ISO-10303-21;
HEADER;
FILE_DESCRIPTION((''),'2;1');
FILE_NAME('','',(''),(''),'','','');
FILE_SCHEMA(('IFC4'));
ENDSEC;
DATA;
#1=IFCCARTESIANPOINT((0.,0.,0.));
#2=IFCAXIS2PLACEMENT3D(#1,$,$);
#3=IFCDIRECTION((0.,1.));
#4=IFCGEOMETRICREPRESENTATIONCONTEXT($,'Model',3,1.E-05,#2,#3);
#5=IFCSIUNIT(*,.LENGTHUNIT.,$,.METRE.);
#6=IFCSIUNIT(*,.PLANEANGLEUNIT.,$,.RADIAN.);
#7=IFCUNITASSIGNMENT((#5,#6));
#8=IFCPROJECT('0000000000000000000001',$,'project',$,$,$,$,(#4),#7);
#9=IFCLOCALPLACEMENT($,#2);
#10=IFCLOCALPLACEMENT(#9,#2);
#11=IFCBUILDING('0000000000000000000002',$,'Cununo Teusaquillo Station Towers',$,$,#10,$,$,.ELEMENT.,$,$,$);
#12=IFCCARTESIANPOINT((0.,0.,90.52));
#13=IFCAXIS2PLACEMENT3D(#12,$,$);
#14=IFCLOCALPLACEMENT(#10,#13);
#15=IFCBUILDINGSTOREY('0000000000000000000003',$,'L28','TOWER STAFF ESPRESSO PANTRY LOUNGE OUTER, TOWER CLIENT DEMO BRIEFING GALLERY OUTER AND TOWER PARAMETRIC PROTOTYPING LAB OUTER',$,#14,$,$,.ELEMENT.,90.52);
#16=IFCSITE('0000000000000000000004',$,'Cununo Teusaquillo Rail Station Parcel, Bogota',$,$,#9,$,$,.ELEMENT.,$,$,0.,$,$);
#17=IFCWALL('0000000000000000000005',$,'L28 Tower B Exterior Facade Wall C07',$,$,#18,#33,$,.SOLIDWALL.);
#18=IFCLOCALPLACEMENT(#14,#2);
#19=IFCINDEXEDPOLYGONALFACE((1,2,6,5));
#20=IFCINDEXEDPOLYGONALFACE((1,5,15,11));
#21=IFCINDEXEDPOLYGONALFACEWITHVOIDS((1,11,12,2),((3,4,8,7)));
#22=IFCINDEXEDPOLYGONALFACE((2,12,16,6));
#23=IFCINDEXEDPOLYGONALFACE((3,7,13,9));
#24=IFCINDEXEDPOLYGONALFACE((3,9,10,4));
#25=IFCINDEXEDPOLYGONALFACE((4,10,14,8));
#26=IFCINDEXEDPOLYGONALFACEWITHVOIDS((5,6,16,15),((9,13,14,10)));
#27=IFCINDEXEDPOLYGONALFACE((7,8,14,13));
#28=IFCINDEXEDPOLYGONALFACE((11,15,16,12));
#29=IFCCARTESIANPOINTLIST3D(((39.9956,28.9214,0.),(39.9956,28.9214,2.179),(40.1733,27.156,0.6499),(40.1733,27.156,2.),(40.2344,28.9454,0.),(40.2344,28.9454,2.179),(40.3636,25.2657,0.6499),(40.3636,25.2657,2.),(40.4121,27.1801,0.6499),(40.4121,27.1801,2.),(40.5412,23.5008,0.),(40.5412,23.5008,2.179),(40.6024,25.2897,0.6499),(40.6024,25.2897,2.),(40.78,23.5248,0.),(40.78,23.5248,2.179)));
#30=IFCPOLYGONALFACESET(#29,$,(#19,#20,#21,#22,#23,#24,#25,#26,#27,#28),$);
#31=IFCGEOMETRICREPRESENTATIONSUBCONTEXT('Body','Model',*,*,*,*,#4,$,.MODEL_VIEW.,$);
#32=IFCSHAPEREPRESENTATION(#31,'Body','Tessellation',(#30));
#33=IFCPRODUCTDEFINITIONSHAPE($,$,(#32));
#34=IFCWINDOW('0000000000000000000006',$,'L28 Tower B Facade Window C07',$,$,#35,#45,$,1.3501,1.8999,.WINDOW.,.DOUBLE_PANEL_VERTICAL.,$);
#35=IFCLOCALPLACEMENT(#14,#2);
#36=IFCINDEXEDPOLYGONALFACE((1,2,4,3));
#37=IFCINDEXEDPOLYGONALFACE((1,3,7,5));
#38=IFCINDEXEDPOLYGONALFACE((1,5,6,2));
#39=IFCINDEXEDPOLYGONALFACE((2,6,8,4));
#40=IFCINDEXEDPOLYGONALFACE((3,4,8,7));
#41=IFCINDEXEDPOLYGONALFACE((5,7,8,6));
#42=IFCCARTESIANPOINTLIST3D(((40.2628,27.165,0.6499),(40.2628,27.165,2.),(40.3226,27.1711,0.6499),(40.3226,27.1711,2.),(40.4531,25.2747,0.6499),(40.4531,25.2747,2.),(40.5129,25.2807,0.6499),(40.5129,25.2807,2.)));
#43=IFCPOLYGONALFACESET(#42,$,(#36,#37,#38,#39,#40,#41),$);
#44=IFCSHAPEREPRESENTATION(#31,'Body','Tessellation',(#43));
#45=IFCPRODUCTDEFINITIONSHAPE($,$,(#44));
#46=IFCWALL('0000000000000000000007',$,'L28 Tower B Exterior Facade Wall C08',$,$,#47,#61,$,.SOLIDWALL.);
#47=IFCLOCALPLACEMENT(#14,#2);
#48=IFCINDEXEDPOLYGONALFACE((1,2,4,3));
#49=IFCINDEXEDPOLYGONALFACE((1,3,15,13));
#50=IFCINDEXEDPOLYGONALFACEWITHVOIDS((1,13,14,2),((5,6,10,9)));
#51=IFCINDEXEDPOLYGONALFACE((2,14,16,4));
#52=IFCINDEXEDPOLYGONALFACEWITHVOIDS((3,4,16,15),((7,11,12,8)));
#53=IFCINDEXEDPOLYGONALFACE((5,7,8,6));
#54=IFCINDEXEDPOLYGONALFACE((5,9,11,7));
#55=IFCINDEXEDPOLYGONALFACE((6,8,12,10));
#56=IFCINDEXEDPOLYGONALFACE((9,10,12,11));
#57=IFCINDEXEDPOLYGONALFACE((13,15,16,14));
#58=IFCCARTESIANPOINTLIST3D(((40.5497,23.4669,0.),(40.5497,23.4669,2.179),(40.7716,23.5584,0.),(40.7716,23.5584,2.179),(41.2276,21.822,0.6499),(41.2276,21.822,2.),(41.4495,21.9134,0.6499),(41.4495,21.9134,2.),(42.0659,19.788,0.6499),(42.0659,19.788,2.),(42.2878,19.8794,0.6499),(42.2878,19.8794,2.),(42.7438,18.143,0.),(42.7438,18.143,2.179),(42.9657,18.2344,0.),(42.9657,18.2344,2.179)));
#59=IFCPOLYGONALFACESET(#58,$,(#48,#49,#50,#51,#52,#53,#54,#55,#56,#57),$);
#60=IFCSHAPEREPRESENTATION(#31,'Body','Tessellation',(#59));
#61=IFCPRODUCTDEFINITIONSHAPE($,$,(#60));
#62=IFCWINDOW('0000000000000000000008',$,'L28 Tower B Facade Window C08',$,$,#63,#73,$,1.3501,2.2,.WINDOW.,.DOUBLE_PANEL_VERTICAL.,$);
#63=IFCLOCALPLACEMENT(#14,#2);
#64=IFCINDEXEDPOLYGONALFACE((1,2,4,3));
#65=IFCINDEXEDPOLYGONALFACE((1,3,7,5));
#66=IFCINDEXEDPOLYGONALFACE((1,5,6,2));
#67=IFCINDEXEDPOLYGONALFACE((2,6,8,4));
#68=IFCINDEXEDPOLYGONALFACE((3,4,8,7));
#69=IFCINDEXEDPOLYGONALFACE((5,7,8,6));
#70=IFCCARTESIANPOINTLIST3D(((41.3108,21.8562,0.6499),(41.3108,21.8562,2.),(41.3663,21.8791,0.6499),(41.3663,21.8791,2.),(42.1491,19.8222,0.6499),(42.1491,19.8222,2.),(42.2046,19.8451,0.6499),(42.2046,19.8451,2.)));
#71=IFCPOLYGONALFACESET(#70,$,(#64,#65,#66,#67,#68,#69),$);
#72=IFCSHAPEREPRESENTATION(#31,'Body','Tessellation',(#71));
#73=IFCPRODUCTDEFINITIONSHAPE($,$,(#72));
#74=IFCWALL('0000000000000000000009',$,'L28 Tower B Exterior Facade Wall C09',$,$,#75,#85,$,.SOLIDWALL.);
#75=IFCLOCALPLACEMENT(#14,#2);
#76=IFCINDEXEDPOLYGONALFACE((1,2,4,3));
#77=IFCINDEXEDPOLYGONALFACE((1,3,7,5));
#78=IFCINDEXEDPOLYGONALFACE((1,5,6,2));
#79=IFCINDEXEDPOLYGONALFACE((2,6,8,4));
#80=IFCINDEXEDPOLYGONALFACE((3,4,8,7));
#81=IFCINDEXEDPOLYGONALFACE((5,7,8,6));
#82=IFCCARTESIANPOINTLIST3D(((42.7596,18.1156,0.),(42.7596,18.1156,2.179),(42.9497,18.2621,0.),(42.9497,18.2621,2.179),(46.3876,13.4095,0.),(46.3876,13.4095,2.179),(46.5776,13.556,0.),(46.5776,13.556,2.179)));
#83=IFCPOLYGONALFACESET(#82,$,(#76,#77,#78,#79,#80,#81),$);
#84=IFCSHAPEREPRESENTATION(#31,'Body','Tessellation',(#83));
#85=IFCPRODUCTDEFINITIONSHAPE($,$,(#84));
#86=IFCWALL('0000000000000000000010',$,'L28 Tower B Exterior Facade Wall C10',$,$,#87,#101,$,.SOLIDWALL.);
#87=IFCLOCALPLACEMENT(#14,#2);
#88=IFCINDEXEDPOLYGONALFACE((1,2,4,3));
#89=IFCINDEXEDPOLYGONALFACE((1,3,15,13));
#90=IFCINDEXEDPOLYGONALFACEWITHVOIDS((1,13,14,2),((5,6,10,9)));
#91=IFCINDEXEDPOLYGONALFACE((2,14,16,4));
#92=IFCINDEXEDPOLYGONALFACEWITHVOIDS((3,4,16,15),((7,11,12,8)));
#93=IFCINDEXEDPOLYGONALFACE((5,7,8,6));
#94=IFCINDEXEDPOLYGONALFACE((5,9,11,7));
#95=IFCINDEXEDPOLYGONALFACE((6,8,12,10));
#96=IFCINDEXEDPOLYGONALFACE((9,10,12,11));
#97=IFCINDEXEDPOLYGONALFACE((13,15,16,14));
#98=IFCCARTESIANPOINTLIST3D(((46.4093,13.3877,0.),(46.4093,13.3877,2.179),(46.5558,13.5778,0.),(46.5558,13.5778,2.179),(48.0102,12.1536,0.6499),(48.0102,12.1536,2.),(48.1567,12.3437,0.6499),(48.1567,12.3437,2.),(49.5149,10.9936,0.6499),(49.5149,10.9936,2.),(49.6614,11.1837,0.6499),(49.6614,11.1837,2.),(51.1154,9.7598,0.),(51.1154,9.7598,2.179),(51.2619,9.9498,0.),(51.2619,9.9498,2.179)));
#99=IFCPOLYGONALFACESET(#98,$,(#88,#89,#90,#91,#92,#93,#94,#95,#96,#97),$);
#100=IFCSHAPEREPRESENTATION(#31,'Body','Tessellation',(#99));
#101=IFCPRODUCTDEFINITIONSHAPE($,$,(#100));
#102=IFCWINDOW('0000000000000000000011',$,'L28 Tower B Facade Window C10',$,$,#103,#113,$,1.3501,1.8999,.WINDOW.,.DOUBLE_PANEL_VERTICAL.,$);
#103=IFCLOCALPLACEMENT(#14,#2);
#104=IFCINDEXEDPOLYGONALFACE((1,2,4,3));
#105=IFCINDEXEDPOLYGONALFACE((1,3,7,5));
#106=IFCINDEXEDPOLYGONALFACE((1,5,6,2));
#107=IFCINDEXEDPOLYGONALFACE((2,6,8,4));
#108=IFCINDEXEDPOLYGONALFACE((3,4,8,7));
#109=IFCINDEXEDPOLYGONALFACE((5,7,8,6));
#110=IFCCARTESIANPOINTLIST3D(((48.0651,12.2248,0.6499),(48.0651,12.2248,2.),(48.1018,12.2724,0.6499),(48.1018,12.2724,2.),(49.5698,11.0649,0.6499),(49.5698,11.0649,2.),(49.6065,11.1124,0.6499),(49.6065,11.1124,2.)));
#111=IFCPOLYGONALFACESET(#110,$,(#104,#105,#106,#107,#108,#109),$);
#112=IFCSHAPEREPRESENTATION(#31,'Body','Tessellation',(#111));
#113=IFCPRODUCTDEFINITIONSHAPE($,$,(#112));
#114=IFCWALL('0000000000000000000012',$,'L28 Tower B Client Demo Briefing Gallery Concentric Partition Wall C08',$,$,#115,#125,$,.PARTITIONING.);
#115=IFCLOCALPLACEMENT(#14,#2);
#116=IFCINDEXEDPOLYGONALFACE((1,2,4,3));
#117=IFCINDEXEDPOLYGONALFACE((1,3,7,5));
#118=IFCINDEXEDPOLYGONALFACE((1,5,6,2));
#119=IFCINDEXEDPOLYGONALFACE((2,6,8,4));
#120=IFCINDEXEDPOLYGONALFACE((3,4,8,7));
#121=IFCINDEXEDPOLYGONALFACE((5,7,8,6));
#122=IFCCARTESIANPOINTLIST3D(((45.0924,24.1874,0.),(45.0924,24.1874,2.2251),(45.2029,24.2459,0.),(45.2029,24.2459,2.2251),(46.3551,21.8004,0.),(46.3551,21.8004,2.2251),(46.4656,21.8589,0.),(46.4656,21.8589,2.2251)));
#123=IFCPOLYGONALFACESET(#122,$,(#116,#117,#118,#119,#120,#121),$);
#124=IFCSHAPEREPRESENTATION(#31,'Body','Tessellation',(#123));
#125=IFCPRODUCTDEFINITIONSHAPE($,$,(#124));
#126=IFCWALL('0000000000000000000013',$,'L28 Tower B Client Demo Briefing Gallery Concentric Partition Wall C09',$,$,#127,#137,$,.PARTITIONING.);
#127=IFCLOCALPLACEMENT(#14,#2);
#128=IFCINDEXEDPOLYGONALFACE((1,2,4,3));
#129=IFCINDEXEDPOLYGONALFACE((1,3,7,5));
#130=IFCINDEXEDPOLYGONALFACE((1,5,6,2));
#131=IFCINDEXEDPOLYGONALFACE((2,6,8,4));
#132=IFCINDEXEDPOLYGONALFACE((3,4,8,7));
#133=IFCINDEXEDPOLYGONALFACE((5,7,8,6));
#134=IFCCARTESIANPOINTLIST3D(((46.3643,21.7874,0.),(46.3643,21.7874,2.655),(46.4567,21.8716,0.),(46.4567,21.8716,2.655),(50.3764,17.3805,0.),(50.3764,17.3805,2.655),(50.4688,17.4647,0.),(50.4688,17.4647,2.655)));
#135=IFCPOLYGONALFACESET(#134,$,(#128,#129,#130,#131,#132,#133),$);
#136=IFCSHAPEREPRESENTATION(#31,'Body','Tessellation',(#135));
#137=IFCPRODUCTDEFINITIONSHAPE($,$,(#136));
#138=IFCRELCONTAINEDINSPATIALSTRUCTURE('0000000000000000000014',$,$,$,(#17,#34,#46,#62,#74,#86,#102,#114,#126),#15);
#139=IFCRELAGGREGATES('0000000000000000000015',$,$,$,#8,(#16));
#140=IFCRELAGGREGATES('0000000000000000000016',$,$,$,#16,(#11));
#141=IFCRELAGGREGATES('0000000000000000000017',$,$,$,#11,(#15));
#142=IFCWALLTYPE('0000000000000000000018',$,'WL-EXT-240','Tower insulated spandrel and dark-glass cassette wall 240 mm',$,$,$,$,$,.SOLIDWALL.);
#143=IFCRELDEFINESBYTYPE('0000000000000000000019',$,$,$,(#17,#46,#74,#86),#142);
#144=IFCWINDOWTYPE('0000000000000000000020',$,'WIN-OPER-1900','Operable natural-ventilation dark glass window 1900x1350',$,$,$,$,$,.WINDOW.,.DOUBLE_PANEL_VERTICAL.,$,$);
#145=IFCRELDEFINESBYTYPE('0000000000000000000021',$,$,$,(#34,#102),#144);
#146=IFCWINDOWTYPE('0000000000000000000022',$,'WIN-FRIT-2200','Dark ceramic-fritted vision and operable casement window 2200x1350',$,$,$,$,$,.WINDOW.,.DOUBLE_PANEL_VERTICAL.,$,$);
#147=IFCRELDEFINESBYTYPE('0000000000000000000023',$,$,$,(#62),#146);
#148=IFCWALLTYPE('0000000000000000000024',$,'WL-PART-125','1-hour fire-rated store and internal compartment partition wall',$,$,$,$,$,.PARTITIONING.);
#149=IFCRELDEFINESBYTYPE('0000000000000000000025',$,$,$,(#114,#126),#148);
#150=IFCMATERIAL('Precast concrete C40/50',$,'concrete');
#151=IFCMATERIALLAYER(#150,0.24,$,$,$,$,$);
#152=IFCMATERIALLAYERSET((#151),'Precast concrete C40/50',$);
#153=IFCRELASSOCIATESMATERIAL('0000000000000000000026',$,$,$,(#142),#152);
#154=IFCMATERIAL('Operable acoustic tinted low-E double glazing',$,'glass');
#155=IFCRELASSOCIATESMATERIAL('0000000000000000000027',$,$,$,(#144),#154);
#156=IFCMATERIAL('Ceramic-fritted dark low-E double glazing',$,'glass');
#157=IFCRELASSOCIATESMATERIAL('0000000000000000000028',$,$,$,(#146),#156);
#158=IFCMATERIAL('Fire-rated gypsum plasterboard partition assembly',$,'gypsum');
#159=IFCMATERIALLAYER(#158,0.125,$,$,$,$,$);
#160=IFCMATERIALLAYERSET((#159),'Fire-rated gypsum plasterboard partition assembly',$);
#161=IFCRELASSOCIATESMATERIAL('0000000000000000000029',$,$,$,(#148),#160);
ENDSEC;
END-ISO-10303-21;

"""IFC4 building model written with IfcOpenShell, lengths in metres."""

from ifc_helpers import new_model, si_unit, direction, frame, frame_2d, origin, place, context, subcontext, project, spatial, rectangle, extrude, source, transform, mapped, material, layer, layer_set, type_object, element, fill, save


model = new_model("IFC4")

# Units and contexts
model_context = context("Model", 3, precision=1e-05, world=origin(), true_north=direction((0.0, 1.0)))
body_context = subcontext(model_context, "Body", "Model", "MODEL_VIEW")
ifc_project = project(units=[si_unit("LENGTHUNIT", "METRE"), si_unit("PLANEANGLEUNIT", "RADIAN")], contexts=[model_context])

# Site, building, storey
site_placement = place(None, origin())
site = spatial("IfcSite", under=ifc_project, at=site_placement, Name="Cununo Teusaquillo Rail Station Parcel, Bogota", CompositionType="ELEMENT", RefElevation=0.0)
building_placement = place(site_placement, origin())
building = spatial("IfcBuilding", under=site, at=building_placement, Name="Cununo Teusaquillo Station Towers", CompositionType="ELEMENT")
storey_placement = place(building_placement, frame((0.0, 0.0, 90.52)))
storey = spatial("IfcBuildingStorey", under=building, at=storey_placement, Name="L28", Description="TOWER STAFF ESPRESSO PANTRY LOUNGE OUTER, TOWER CLIENT DEMO BRIEFING GALLERY OUTER AND TOWER PARAMETRIC PROTOTYPING LAB OUTER", CompositionType="ELEMENT", Elevation=90.52)

# Shared definitions
ifc_material_1 = material(Name="Precast concrete C40/50", Category="concrete")
ifc_layer_1 = layer(ifc_material_1, 0.24)
ifc_layer_set_1 = layer_set([ifc_layer_1], Name="Precast concrete C40/50")
wall_type_1 = type_object("IfcWallType", Name="WL-EXT-240", Description="Tower insulated spandrel and dark-glass cassette wall 240 mm", PredefinedType="SOLIDWALL", material=ifc_layer_set_1)

# Walls, openings, windows
shared_shape_1 = source(origin(), body_context, "Body", "SweptSolid", [
    extrude(rectangle(XDim=1.8999, YDim=1.3501, at=frame_2d((0.95, 0.675))), frame((0.0, 0.1299, 0.0), z_axis=(0.0, -1.0, 0.0), x_axis=(1.0, 0.0, 0.0)), (0.0, 0.0, 1.0), 0.26),
])
ifc_material_2 = material(Name="Operable acoustic tinted low-E double glazing", Category="glass")
window_type_1 = type_object("IfcWindowType", Name="WIN-OPER-1900", Description="Operable natural-ventilation dark glass window 1900x1350", PartitioningType="DOUBLE_PANEL_VERTICAL", PredefinedType="WINDOW", material=ifc_material_2)
shared_shape_2 = source(origin(), body_context, "Body", "SweptSolid", [
    extrude(rectangle(XDim=1.8999, YDim=1.3501, at=frame_2d((0.95, 0.675))), frame((0.0, 0.03, 0.0), z_axis=(0.0, -1.0, 0.0), x_axis=(1.0, 0.0, 0.0)), (0.0, 0.0, 1.0), 0.0601),
])
wall_1_placement = place(storey_placement, frame((40.6606, 23.5127, 0.0), z_axis=(0.0, 0.0, 1.0), x_axis=(-0.100156, 0.994972, 0.0)))
wall_1 = element("IfcWall", 1, at=wall_1_placement, inside=storey, type_object=wall_type_1, Name="L28 Tower B Exterior Facade Wall C07", PredefinedType="SOLIDWALL", context=body_context, shape_type="SweptSolid", body=[
    extrude(rectangle(XDim=5.448, YDim=0.24, at=frame_2d((2.7241, 0.0))), origin(), (0.0, 0.0, 1.0), 2.179),
])
opening_1_placement = place(wall_1_placement, frame((1.7739, 0.0, 0.6499)))
opening_1 = element("IfcOpeningElement", 2, at=opening_1_placement, cuts=wall_1, PredefinedType="OPENING", context=body_context, shape_type="MappedRepresentation", body=[
    mapped(shared_shape_1, transform((0.0, 0.0, 0.0), x_axis=(1.0, 0.0, 0.0), y_axis=(0.0, 1.0, 0.0), z_axis=(0.0, 0.0, 1.0), scale=1.0)),
])
window_1_placement = place(opening_1_placement, origin())
window_1 = element("IfcWindow", 3, at=window_1_placement, inside=storey, type_object=window_type_1, Name="L28 Tower B Facade Window C07", OverallHeight=1.3501, OverallWidth=1.8999, PartitioningType="DOUBLE_PANEL_VERTICAL", PredefinedType="WINDOW", context=body_context, shape_type="MappedRepresentation", body=[
    mapped(shared_shape_2, transform((0.0, 0.0, 0.0), x_axis=(1.0, 0.0, 0.0), y_axis=(0.0, 1.0, 0.0), z_axis=(0.0, 0.0, 1.0), scale=1.0)),
])
fill(opening_1, window_1)
wall_2_placement = place(storey_placement, frame((42.8547, 18.1887, 0.0), z_axis=(0.0, 0.0, 1.0), x_axis=(-0.381027, 0.924564, 0.0)))
wall_2 = element("IfcWall", 4, at=wall_2_placement, inside=storey, type_object=wall_type_1, Name="L28 Tower B Exterior Facade Wall C08", PredefinedType="SOLIDWALL", context=body_context, shape_type="SweptSolid", body=[
    extrude(rectangle(XDim=5.7583, YDim=0.24, at=frame_2d((2.8792, 0.0))), origin(), (0.0, 0.0, 1.0), 2.179),
])
shared_shape_3 = source(origin(), body_context, "Body", "SweptSolid", [
    extrude(rectangle(XDim=2.2, YDim=1.3501, at=frame_2d((1.1001, 0.675))), frame((0.0, 0.1299, 0.0), z_axis=(0.0, -1.0, 0.0), x_axis=(1.0, 0.0, 0.0)), (0.0, 0.0, 1.0), 0.26),
])
opening_2_placement = place(wall_2_placement, frame((1.7791, 0.0, 0.6499)))
opening_2 = element("IfcOpeningElement", 5, at=opening_2_placement, cuts=wall_2, PredefinedType="OPENING", context=body_context, shape_type="MappedRepresentation", body=[
    mapped(shared_shape_3, transform((0.0, 0.0, 0.0), x_axis=(1.0, 0.0, 0.0), y_axis=(0.0, 1.0, 0.0), z_axis=(0.0, 0.0, 1.0), scale=1.0)),
])
ifc_material_3 = material(Name="Ceramic-fritted dark low-E double glazing", Category="glass")
window_type_2 = type_object("IfcWindowType", Name="WIN-FRIT-2200", Description="Dark ceramic-fritted vision and operable casement window 2200x1350", PartitioningType="DOUBLE_PANEL_VERTICAL", PredefinedType="WINDOW", material=ifc_material_3)
shared_shape_4 = source(origin(), body_context, "Body", "SweptSolid", [
    extrude(rectangle(XDim=2.2, YDim=1.3501, at=frame_2d((1.1001, 0.675))), frame((0.0, 0.03, 0.0), z_axis=(0.0, -1.0, 0.0), x_axis=(1.0, 0.0, 0.0)), (0.0, 0.0, 1.0), 0.0601),
])
window_2_placement = place(opening_2_placement, origin())
window_2 = element("IfcWindow", 6, at=window_2_placement, inside=storey, type_object=window_type_2, Name="L28 Tower B Facade Window C08", OverallHeight=1.3501, OverallWidth=2.2, PartitioningType="DOUBLE_PANEL_VERTICAL", PredefinedType="WINDOW", context=body_context, shape_type="MappedRepresentation", body=[
    mapped(shared_shape_4, transform((0.0, 0.0, 0.0), x_axis=(1.0, 0.0, 0.0), y_axis=(0.0, 1.0, 0.0), z_axis=(0.0, 0.0, 1.0), scale=1.0)),
])
fill(opening_2, window_2)

# Wall
wall_3_placement = place(storey_placement, frame((46.4827, 13.4827, 0.0), z_axis=(0.0, 0.0, 1.0), x_axis=(-0.610544, 0.791982, 0.0)))
element("IfcWall", 7, at=wall_3_placement, inside=storey, type_object=wall_type_1, Name="L28 Tower B Exterior Facade Wall C09", PredefinedType="SOLIDWALL", context=body_context, shape_type="SweptSolid", body=[
    extrude(rectangle(XDim=5.9421, YDim=0.24, at=frame_2d((2.9712, 0.0))), origin(), (0.0, 0.0, 1.0), 2.179),
])

# Wall, opening, window
wall_4_placement = place(storey_placement, frame((51.1887, 9.8547, 0.0), z_axis=(0.0, 0.0, 1.0), x_axis=(-0.791982, 0.610544, 0.0)))
wall_4 = element("IfcWall", 8, at=wall_4_placement, inside=storey, type_object=wall_type_1, Name="L28 Tower B Exterior Facade Wall C10", PredefinedType="SOLIDWALL", context=body_context, shape_type="SweptSolid", body=[
    extrude(rectangle(XDim=5.9421, YDim=0.24, at=frame_2d((2.9712, 0.0))), origin(), (0.0, 0.0, 1.0), 2.179),
])
opening_3_placement = place(wall_4_placement, frame((2.021, 0.0, 0.6499)))
opening_3 = element("IfcOpeningElement", 9, at=opening_3_placement, cuts=wall_4, PredefinedType="OPENING", context=body_context, shape_type="MappedRepresentation", body=[
    mapped(shared_shape_1, transform((0.0, 0.0, 0.0), x_axis=(1.0, 0.0, 0.0), y_axis=(0.0, 1.0, 0.0), z_axis=(0.0, 0.0, 1.0), scale=1.0)),
])
window_3_placement = place(opening_3_placement, origin())
window_3 = element("IfcWindow", 10, at=window_3_placement, inside=storey, type_object=window_type_1, Name="L28 Tower B Facade Window C10", OverallHeight=1.3501, OverallWidth=1.8999, PartitioningType="DOUBLE_PANEL_VERTICAL", PredefinedType="WINDOW", context=body_context, shape_type="MappedRepresentation", body=[
    mapped(shared_shape_2, transform((0.0, 0.0, 0.0), x_axis=(1.0, 0.0, 0.0), y_axis=(0.0, 1.0, 0.0), z_axis=(0.0, 0.0, 1.0), scale=1.0)),
])
fill(opening_3, window_3)

# Walls
ifc_material_4 = material(Name="Fire-rated gypsum plasterboard partition assembly", Category="gypsum")
ifc_layer_2 = layer(ifc_material_4, 0.125)
ifc_layer_set_2 = layer_set([ifc_layer_2], Name="Fire-rated gypsum plasterboard partition assembly")
wall_type_2 = type_object("IfcWallType", Name="WL-PART-125", Description="1-hour fire-rated store and internal compartment partition wall", PredefinedType="PARTITIONING", material=ifc_layer_set_2)
wall_5_placement = place(storey_placement, frame((45.1477, 24.2166, 0.0), z_axis=(0.0, 0.0, 1.0), x_axis=(0.467601, -0.88394, 0.0)))
element("IfcWall", 11, at=wall_5_placement, inside=storey, type_object=wall_type_2, Name="L28 Tower B Client Demo Briefing Gallery Concentric Partition Wall C08", PredefinedType="PARTITIONING", context=body_context, shape_type="SweptSolid", body=[
    extrude(rectangle(XDim=2.7004, YDim=0.125, at=frame_2d((1.3501, 0.0))), origin(), (0.0, 0.0, 1.0), 2.2251),
])
wall_6_placement = place(storey_placement, frame((46.4104, 21.8296, 0.0), z_axis=(0.0, 0.0, 1.0), x_axis=(0.673211, -0.739451, 0.0)))
element("IfcWall", 12, at=wall_6_placement, inside=storey, type_object=wall_type_2, Name="L28 Tower B Client Demo Briefing Gallery Concentric Partition Wall C09", PredefinedType="PARTITIONING", context=body_context, shape_type="SweptSolid", body=[
    extrude(rectangle(XDim=5.9597, YDim=0.125, at=frame_2d((2.98, 0.0))), origin(), (0.0, 0.0, 1.0), 2.655),
])

save(model, "model.ifc")
